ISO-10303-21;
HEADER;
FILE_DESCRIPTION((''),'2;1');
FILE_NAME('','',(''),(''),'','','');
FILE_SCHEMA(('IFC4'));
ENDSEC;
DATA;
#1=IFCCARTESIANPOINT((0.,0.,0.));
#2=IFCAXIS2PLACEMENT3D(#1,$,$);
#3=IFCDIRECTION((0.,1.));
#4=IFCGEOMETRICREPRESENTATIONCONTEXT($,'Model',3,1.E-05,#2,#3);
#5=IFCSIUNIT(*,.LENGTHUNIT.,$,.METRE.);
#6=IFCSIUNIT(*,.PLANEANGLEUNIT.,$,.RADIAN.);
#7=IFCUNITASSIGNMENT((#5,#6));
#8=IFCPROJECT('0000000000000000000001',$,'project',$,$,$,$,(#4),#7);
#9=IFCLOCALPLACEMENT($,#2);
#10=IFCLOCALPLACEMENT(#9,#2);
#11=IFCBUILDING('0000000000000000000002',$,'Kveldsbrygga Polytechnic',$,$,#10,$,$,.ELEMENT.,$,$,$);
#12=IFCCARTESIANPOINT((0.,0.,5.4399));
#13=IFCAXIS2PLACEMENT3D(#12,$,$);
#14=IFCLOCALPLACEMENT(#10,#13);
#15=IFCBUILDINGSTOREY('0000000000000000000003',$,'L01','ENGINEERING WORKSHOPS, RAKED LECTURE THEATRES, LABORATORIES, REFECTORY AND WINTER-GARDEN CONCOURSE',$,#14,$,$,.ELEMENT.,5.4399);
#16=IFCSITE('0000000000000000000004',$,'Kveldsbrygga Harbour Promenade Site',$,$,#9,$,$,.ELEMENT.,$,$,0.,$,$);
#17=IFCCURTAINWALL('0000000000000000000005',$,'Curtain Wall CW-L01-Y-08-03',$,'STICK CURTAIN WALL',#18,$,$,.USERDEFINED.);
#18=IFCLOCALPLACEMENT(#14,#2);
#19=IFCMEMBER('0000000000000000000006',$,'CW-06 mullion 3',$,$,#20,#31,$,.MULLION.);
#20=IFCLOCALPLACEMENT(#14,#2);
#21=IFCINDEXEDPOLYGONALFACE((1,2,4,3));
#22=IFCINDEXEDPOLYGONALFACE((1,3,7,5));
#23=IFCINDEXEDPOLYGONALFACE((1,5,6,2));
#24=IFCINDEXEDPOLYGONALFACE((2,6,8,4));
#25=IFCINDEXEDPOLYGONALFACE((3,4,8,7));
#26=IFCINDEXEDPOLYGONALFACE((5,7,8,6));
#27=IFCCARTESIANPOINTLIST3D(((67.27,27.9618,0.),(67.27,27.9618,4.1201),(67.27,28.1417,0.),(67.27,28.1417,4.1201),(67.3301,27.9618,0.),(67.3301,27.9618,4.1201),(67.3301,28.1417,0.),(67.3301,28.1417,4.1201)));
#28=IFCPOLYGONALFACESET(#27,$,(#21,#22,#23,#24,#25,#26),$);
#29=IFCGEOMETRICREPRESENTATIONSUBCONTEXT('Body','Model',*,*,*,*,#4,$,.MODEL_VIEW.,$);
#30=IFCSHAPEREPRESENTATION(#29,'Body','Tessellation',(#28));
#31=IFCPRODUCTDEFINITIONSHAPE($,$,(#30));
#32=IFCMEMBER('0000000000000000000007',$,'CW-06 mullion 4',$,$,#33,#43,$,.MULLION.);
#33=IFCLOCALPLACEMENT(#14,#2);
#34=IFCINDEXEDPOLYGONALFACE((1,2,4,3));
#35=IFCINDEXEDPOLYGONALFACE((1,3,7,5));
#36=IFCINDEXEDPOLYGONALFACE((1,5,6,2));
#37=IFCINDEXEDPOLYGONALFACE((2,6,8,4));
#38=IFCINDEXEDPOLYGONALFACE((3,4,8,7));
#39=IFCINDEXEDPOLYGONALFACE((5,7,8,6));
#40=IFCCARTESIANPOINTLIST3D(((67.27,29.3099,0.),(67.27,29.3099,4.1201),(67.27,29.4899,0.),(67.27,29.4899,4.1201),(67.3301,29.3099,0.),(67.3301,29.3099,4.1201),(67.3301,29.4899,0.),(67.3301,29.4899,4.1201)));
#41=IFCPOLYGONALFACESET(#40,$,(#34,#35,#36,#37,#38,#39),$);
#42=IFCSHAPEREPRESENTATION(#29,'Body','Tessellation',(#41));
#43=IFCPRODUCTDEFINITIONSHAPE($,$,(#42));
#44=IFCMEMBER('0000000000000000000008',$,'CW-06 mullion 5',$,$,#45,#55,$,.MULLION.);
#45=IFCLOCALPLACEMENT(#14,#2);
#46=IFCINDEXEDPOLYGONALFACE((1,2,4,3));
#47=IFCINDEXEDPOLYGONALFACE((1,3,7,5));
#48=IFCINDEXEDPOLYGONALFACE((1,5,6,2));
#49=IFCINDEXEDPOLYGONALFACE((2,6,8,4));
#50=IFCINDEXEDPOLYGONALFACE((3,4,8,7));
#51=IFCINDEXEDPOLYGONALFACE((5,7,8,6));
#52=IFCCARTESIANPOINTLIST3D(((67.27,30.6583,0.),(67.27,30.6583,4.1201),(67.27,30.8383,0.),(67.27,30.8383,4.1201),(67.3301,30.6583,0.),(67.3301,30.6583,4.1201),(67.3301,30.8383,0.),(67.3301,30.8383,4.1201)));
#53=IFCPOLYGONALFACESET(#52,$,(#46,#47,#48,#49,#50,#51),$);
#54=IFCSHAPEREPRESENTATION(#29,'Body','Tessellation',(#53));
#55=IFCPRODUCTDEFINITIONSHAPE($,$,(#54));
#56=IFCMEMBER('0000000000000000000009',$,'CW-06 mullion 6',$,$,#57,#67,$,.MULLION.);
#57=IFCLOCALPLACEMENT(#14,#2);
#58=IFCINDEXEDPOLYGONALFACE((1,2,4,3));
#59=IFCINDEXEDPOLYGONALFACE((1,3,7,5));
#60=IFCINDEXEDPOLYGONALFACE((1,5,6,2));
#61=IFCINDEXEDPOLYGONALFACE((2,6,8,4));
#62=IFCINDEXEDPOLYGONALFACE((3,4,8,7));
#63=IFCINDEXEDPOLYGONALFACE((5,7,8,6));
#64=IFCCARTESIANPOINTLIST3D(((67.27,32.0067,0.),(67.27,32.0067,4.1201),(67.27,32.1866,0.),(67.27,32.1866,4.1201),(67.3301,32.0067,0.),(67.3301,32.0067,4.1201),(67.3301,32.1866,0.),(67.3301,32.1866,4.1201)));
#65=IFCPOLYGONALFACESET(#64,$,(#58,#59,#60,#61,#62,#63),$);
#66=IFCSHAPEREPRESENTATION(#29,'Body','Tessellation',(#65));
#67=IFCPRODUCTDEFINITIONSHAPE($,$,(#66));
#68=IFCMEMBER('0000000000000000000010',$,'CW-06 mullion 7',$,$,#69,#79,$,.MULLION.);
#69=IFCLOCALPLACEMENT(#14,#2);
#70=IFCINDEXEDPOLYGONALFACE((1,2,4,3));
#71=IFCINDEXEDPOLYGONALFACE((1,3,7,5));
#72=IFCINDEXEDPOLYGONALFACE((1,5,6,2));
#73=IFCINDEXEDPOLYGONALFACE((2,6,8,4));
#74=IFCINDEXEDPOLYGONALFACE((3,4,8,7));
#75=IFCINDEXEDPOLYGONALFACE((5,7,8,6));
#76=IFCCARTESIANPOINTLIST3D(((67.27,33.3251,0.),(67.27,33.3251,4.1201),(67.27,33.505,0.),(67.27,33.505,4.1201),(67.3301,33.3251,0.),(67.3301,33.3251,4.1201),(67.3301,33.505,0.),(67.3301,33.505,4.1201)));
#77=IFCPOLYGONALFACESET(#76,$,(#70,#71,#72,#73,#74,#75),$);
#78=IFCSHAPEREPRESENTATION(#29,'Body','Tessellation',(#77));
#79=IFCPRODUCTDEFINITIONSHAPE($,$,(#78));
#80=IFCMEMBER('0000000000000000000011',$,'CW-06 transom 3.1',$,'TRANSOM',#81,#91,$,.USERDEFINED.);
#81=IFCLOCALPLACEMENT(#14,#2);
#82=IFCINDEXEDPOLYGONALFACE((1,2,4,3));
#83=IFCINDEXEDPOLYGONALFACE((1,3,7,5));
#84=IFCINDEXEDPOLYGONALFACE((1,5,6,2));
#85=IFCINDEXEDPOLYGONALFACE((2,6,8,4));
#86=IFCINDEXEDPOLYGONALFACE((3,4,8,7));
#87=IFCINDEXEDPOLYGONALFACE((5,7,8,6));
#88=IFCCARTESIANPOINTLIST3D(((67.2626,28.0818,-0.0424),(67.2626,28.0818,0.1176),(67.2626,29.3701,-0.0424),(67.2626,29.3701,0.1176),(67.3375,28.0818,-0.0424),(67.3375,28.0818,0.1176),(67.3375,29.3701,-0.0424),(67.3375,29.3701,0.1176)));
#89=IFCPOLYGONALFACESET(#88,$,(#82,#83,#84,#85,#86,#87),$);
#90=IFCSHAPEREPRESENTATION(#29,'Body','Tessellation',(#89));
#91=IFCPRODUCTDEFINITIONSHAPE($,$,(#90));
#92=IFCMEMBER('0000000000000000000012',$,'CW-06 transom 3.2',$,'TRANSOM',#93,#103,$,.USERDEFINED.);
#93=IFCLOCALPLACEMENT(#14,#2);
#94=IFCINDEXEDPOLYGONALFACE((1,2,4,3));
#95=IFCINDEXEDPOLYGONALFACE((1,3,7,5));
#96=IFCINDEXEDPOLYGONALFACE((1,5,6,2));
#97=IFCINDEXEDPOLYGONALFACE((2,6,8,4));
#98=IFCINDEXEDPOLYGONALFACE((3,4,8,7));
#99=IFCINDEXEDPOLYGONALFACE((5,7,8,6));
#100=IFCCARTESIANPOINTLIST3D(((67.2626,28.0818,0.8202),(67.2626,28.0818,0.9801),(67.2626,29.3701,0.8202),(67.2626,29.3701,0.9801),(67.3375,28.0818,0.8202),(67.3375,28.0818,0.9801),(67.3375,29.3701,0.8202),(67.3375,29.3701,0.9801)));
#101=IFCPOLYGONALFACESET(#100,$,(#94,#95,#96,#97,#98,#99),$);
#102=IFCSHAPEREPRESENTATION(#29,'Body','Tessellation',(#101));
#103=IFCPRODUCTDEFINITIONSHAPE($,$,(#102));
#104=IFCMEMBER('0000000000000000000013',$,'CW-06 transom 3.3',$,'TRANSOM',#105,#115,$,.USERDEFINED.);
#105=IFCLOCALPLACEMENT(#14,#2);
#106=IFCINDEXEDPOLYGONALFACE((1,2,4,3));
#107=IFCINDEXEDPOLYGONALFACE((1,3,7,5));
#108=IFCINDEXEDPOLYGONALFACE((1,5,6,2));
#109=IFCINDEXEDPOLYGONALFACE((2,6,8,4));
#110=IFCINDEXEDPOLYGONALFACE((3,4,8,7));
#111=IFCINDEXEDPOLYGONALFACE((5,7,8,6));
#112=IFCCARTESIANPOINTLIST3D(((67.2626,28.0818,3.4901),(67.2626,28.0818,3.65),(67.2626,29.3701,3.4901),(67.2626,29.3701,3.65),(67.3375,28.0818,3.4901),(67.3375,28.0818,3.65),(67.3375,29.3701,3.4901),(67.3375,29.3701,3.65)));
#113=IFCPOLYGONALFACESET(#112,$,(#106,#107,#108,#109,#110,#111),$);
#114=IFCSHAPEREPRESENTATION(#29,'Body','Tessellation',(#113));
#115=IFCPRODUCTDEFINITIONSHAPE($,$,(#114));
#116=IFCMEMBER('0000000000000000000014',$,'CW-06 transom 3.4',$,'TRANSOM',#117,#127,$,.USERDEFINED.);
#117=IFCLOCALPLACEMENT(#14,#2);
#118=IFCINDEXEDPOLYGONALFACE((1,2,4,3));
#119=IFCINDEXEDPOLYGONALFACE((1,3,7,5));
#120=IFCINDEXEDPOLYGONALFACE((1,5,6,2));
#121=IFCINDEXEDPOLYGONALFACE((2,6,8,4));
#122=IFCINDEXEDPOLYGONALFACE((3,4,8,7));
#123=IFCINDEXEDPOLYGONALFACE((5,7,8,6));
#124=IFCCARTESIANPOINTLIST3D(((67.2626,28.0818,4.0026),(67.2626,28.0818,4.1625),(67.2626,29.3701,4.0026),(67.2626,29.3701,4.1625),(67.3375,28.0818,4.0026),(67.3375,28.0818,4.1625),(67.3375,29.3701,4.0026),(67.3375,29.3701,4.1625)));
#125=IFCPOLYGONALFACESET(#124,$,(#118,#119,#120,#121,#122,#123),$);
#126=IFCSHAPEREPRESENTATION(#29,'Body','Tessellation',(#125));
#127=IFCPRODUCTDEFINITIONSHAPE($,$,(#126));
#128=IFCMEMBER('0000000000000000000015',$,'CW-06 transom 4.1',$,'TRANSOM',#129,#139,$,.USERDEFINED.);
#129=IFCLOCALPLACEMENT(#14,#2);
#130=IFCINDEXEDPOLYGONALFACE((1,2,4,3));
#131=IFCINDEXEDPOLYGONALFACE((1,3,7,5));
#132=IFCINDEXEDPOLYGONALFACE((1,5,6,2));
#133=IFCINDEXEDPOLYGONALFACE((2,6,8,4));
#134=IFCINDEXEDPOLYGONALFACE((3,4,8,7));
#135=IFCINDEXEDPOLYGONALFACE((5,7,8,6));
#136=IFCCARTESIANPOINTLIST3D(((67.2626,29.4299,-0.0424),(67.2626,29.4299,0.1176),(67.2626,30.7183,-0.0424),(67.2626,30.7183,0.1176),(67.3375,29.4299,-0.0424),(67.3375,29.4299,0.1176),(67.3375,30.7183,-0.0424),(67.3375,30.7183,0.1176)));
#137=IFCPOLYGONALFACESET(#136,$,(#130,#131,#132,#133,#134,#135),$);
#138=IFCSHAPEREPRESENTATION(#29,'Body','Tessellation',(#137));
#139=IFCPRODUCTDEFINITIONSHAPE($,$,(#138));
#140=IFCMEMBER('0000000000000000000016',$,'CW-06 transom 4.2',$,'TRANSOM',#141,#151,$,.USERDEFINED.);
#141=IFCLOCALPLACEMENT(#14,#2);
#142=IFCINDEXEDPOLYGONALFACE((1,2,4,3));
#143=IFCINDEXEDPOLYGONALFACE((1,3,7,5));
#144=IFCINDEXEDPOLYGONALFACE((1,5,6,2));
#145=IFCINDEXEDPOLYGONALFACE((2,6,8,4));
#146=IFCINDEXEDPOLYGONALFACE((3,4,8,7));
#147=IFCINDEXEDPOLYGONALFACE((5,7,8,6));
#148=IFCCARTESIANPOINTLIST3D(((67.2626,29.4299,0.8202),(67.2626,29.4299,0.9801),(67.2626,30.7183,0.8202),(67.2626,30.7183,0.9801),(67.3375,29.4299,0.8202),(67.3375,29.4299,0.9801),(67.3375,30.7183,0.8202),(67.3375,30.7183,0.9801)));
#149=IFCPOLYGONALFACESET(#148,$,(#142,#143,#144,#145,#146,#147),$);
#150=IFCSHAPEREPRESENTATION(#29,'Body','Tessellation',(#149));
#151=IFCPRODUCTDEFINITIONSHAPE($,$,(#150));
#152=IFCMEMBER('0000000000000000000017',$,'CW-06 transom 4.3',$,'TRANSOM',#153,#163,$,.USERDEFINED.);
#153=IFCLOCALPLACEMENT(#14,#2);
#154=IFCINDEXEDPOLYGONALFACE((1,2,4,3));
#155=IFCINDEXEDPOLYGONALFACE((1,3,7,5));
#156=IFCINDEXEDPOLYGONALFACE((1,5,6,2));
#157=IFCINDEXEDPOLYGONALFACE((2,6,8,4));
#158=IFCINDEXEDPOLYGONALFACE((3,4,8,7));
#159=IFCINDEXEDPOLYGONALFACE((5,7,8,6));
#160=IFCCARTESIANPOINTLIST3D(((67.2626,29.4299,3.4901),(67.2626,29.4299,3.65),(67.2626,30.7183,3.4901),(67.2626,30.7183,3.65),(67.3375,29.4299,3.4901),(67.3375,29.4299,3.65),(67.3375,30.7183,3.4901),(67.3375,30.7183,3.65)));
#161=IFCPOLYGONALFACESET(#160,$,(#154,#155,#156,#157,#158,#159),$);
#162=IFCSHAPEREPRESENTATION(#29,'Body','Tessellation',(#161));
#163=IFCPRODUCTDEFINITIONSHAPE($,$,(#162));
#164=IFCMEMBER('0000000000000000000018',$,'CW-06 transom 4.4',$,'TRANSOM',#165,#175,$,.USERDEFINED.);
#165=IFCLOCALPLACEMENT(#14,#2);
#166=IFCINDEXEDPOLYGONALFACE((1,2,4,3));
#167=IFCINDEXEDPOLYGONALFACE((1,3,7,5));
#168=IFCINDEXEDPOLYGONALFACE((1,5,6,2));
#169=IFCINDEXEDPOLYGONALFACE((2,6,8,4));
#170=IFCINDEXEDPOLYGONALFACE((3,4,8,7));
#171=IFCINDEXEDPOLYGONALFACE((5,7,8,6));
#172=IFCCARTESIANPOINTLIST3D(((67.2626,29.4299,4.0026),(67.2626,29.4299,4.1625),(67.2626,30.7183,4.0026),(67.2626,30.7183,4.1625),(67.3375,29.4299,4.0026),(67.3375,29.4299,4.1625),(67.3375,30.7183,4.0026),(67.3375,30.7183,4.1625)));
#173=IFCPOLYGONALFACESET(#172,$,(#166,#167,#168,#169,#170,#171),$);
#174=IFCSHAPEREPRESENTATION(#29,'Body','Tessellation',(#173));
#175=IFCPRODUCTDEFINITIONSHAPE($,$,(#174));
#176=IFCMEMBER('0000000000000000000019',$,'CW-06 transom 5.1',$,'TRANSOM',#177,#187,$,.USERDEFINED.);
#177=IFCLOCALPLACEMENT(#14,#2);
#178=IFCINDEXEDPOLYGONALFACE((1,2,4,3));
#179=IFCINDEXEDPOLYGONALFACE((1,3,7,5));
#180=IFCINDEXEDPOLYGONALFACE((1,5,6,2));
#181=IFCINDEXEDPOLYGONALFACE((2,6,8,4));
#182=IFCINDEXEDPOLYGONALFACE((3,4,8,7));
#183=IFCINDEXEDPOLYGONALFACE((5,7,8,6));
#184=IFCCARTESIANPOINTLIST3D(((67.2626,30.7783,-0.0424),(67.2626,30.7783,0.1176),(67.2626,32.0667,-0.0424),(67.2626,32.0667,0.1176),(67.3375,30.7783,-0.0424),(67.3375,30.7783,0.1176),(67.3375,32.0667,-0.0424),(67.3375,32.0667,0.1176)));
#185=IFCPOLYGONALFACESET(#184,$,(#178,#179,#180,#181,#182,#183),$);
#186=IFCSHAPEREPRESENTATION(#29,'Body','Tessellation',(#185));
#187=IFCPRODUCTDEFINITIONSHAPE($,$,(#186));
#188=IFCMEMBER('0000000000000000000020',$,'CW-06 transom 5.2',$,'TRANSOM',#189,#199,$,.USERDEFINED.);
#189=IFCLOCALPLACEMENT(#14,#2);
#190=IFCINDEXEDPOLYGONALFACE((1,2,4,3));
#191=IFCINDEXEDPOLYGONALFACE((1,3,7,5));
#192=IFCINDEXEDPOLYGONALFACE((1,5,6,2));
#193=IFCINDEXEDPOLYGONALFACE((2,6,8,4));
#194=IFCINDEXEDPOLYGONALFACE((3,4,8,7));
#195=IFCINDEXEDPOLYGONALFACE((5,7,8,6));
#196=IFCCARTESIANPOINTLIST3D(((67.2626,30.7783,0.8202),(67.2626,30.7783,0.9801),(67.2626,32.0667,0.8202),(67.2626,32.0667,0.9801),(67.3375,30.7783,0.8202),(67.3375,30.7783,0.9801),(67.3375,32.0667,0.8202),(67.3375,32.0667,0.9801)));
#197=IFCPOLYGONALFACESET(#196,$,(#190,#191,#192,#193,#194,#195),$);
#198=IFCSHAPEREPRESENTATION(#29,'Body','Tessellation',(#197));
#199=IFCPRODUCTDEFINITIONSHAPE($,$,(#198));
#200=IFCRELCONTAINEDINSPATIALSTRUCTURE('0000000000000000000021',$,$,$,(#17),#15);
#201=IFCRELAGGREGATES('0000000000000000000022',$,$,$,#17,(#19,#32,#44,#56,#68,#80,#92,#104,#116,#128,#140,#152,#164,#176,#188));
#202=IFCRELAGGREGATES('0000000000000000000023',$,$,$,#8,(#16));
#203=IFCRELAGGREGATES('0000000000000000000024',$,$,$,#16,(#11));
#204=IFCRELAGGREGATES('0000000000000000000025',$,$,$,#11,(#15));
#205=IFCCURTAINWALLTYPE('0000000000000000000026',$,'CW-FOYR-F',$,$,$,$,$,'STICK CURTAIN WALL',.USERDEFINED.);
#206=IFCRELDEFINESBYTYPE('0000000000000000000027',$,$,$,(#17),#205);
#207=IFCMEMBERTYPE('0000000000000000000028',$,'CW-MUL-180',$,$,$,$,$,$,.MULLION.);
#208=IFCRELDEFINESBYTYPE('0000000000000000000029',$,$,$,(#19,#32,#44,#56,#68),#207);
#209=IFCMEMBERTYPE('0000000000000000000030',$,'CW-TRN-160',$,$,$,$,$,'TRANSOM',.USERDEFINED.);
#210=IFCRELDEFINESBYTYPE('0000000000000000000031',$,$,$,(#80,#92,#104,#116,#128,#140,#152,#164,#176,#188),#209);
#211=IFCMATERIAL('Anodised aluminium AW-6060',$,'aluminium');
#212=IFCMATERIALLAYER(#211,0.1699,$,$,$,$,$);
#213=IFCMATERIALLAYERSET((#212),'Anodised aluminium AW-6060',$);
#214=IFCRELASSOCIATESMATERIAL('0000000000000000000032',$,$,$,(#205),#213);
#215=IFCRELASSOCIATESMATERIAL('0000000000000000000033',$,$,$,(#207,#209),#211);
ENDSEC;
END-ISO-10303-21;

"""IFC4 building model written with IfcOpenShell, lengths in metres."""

from ifc_helpers import new_model, si_unit, direction, frame, origin, origin_2d, place, context, subcontext, project, spatial, rectangle, extrude, material, layer, layer_set, material_profile, profile_set, type_object, element, aggregate, save


model = new_model("IFC4")

# Units and contexts
model_context = context("Model", 3, precision=1e-05, world=origin(), true_north=direction((0.0, 1.0)))
body_context = subcontext(model_context, "Body", "Model", "MODEL_VIEW")
ifc_project = project(units=[si_unit("LENGTHUNIT", "METRE"), si_unit("PLANEANGLEUNIT", "RADIAN")], contexts=[model_context])

# Site, building, storey
site_placement = place(None, origin())
site = spatial("IfcSite", under=ifc_project, at=site_placement, Name="Kveldsbrygga Harbour Promenade Site", CompositionType="ELEMENT", RefElevation=0.0)
building_placement = place(site_placement, origin())
building = spatial("IfcBuilding", under=site, at=building_placement, Name="Kveldsbrygga Polytechnic", CompositionType="ELEMENT")
storey_placement = place(building_placement, frame((0.0, 0.0, 5.4399)))
storey = spatial("IfcBuildingStorey", under=building, at=storey_placement, Name="L01", Description="ENGINEERING WORKSHOPS, RAKED LECTURE THEATRES, LABORATORIES, REFECTORY AND WINTER-GARDEN CONCOURSE", CompositionType="ELEMENT", Elevation=5.4399)

# Curtain wall, members
ifc_material_1 = material(Name="Anodised aluminium AW-6060", Category="aluminium")
ifc_layer_1 = layer(ifc_material_1, 0.1699)
ifc_layer_set_1 = layer_set([ifc_layer_1], Name="Anodised aluminium AW-6060")
curtain_wall_type = type_object("IfcCurtainWallType", Name="CW-FOYR-F", ElementType="STICK CURTAIN WALL", PredefinedType="USERDEFINED", material=ifc_layer_set_1)
curtain_wall_placement = place(storey_placement, origin())
curtain_wall = element("IfcCurtainWall", 1, at=curtain_wall_placement, inside=storey, type_object=curtain_wall_type, Name="Curtain Wall CW-L01-Y-08-03", ObjectType="STICK CURTAIN WALL", PredefinedType="USERDEFINED")
ifc_material_profile_1 = material_profile(ifc_material_1, rectangle(XDim=0.0601, YDim=0.1799, at=origin_2d()), Name="ALU 60x180")
ifc_profile_set_1 = profile_set([ifc_material_profile_1], Name="Anodised aluminium AW-6060")
member_type_1 = type_object("IfcMemberType", Name="CW-MUL-180", PredefinedType="MULLION", material=ifc_profile_set_1)
member_1_placement = place(storey_placement, frame((67.3, 28.0518, 0.0), z_axis=(0.0, 0.0, 1.0), x_axis=(-1.0, 0.0, 0.0)))
member_1 = element("IfcMember", 2, at=member_1_placement, type_object=member_type_1, Name="CW-06 mullion 3", PredefinedType="MULLION", context=body_context, shape_type="SweptSolid", body=[
    extrude(rectangle(XDim=0.0601, YDim=0.1799, at=origin_2d()), origin(), (0.0, 0.0, 1.0), 4.1201),
])
member_2_placement = place(storey_placement, frame((67.3, 29.3999, 0.0), z_axis=(0.0, 0.0, 1.0), x_axis=(-1.0, 0.0, 0.0)))
member_2 = element("IfcMember", 3, at=member_2_placement, type_object=member_type_1, Name="CW-06 mullion 4", PredefinedType="MULLION", context=body_context, shape_type="SweptSolid", body=[
    extrude(rectangle(XDim=0.0601, YDim=0.1799, at=origin_2d()), origin(), (0.0, 0.0, 1.0), 4.1201),
])
member_3_placement = place(storey_placement, frame((67.3, 30.7483, 0.0), z_axis=(0.0, 0.0, 1.0), x_axis=(-1.0, 0.0, 0.0)))
member_3 = element("IfcMember", 4, at=member_3_placement, type_object=member_type_1, Name="CW-06 mullion 5", PredefinedType="MULLION", context=body_context, shape_type="SweptSolid", body=[
    extrude(rectangle(XDim=0.0601, YDim=0.1799, at=origin_2d()), origin(), (0.0, 0.0, 1.0), 4.1201),
])
member_4_placement = place(storey_placement, frame((67.3, 32.0967, 0.0), z_axis=(0.0, 0.0, 1.0), x_axis=(-1.0, 0.0, 0.0)))
member_4 = element("IfcMember", 5, at=member_4_placement, type_object=member_type_1, Name="CW-06 mullion 6", PredefinedType="MULLION", context=body_context, shape_type="SweptSolid", body=[
    extrude(rectangle(XDim=0.0601, YDim=0.1799, at=origin_2d()), origin(), (0.0, 0.0, 1.0), 4.1201),
])
member_5_placement = place(storey_placement, frame((67.3, 33.415, 0.0), z_axis=(0.0, 0.0, 1.0), x_axis=(-1.0, 0.0, 0.0)))
member_5 = element("IfcMember", 6, at=member_5_placement, type_object=member_type_1, Name="CW-06 mullion 7", PredefinedType="MULLION", context=body_context, shape_type="SweptSolid", body=[
    extrude(rectangle(XDim=0.0601, YDim=0.1799, at=origin_2d()), origin(), (0.0, 0.0, 1.0), 4.1201),
])
ifc_material_profile_2 = material_profile(ifc_material_1, rectangle(XDim=0.075, YDim=0.1599, at=origin_2d()), Name="ALU 75x160")
ifc_profile_set_2 = profile_set([ifc_material_profile_2], Name="Anodised aluminium AW-6060")
member_type_2 = type_object("IfcMemberType", Name="CW-TRN-160", ElementType="TRANSOM", PredefinedType="USERDEFINED", material=ifc_profile_set_2)
member_6_placement = place(storey_placement, frame((67.3, 28.0818, 0.0376), z_axis=(0.0, 1.0, 0.0), x_axis=(-1.0, 0.0, 0.0)))
member_6 = element("IfcMember", 7, at=member_6_placement, type_object=member_type_2, Name="CW-06 transom 3.1", ObjectType="TRANSOM", PredefinedType="USERDEFINED", context=body_context, shape_type="SweptSolid", body=[
    extrude(rectangle(XDim=0.075, YDim=0.1599, at=origin_2d()), origin(), (0.0, 0.0, 1.0), 1.2883),
])
member_7_placement = place(storey_placement, frame((67.3, 28.0818, 0.9001), z_axis=(0.0, 1.0, 0.0), x_axis=(-1.0, 0.0, 0.0)))
member_7 = element("IfcMember", 8, at=member_7_placement, type_object=member_type_2, Name="CW-06 transom 3.2", ObjectType="TRANSOM", PredefinedType="USERDEFINED", context=body_context, shape_type="SweptSolid", body=[
    extrude(rectangle(XDim=0.075, YDim=0.1599, at=origin_2d()), origin(), (0.0, 0.0, 1.0), 1.2883),
])
member_8_placement = place(storey_placement, frame((67.3, 28.0818, 3.5701), z_axis=(0.0, 1.0, 0.0), x_axis=(-1.0, 0.0, 0.0)))
member_8 = element("IfcMember", 9, at=member_8_placement, type_object=member_type_2, Name="CW-06 transom 3.3", ObjectType="TRANSOM", PredefinedType="USERDEFINED", context=body_context, shape_type="SweptSolid", body=[
    extrude(rectangle(XDim=0.075, YDim=0.1599, at=origin_2d()), origin(), (0.0, 0.0, 1.0), 1.2883),
])
member_9_placement = place(storey_placement, frame((67.3, 28.0818, 4.0825), z_axis=(0.0, 1.0, 0.0), x_axis=(-1.0, 0.0, 0.0)))
member_9 = element("IfcMember", 10, at=member_9_placement, type_object=member_type_2, Name="CW-06 transom 3.4", ObjectType="TRANSOM", PredefinedType="USERDEFINED", context=body_context, shape_type="SweptSolid", body=[
    extrude(rectangle(XDim=0.075, YDim=0.1599, at=origin_2d()), origin(), (0.0, 0.0, 1.0), 1.2883),
])
member_10_placement = place(storey_placement, frame((67.3, 29.4299, 0.0376), z_axis=(0.0, 1.0, 0.0), x_axis=(-1.0, 0.0, 0.0)))
member_10 = element("IfcMember", 11, at=member_10_placement, type_object=member_type_2, Name="CW-06 transom 4.1", ObjectType="TRANSOM", PredefinedType="USERDEFINED", context=body_context, shape_type="SweptSolid", body=[
    extrude(rectangle(XDim=0.075, YDim=0.1599, at=origin_2d()), origin(), (0.0, 0.0, 1.0), 1.2883),
])
member_11_placement = place(storey_placement, frame((67.3, 29.4299, 0.9001), z_axis=(0.0, 1.0, 0.0), x_axis=(-1.0, 0.0, 0.0)))
member_11 = element("IfcMember", 12, at=member_11_placement, type_object=member_type_2, Name="CW-06 transom 4.2", ObjectType="TRANSOM", PredefinedType="USERDEFINED", context=body_context, shape_type="SweptSolid", body=[
    extrude(rectangle(XDim=0.075, YDim=0.1599, at=origin_2d()), origin(), (0.0, 0.0, 1.0), 1.2883),
])
member_12_placement = place(storey_placement, frame((67.3, 29.4299, 3.5701), z_axis=(0.0, 1.0, 0.0), x_axis=(-1.0, 0.0, 0.0)))
member_12 = element("IfcMember", 13, at=member_12_placement, type_object=member_type_2, Name="CW-06 transom 4.3", ObjectType="TRANSOM", PredefinedType="USERDEFINED", context=body_context, shape_type="SweptSolid", body=[
    extrude(rectangle(XDim=0.075, YDim=0.1599, at=origin_2d()), origin(), (0.0, 0.0, 1.0), 1.2883),
])
member_13_placement = place(storey_placement, frame((67.3, 29.4299, 4.0825), z_axis=(0.0, 1.0, 0.0), x_axis=(-1.0, 0.0, 0.0)))
member_13 = element("IfcMember", 14, at=member_13_placement, type_object=member_type_2, Name="CW-06 transom 4.4", ObjectType="TRANSOM", PredefinedType="USERDEFINED", context=body_context, shape_type="SweptSolid", body=[
    extrude(rectangle(XDim=0.075, YDim=0.1599, at=origin_2d()), origin(), (0.0, 0.0, 1.0), 1.2883),
])
member_14_placement = place(storey_placement, frame((67.3, 30.7783, 0.0376), z_axis=(0.0, 1.0, 0.0), x_axis=(-1.0, 0.0, 0.0)))
member_14 = element("IfcMember", 15, at=member_14_placement, type_object=member_type_2, Name="CW-06 transom 5.1", ObjectType="TRANSOM", PredefinedType="USERDEFINED", context=body_context, shape_type="SweptSolid", body=[
    extrude(rectangle(XDim=0.075, YDim=0.1599, at=origin_2d()), origin(), (0.0, 0.0, 1.0), 1.2883),
])
member_15_placement = place(storey_placement, frame((67.3, 30.7783, 0.9001), z_axis=(0.0, 1.0, 0.0), x_axis=(-1.0, 0.0, 0.0)))
member_15 = element("IfcMember", 16, at=member_15_placement, type_object=member_type_2, Name="CW-06 transom 5.2", ObjectType="TRANSOM", PredefinedType="USERDEFINED", context=body_context, shape_type="SweptSolid", body=[
    extrude(rectangle(XDim=0.075, YDim=0.1599, at=origin_2d()), origin(), (0.0, 0.0, 1.0), 1.2883),
])

aggregate(curtain_wall, [member_1, member_2, member_3, member_4, member_5, member_6, member_7, member_8, member_9, member_10, member_11, member_12, member_13, member_14, member_15])

save(model, "model.ifc")
